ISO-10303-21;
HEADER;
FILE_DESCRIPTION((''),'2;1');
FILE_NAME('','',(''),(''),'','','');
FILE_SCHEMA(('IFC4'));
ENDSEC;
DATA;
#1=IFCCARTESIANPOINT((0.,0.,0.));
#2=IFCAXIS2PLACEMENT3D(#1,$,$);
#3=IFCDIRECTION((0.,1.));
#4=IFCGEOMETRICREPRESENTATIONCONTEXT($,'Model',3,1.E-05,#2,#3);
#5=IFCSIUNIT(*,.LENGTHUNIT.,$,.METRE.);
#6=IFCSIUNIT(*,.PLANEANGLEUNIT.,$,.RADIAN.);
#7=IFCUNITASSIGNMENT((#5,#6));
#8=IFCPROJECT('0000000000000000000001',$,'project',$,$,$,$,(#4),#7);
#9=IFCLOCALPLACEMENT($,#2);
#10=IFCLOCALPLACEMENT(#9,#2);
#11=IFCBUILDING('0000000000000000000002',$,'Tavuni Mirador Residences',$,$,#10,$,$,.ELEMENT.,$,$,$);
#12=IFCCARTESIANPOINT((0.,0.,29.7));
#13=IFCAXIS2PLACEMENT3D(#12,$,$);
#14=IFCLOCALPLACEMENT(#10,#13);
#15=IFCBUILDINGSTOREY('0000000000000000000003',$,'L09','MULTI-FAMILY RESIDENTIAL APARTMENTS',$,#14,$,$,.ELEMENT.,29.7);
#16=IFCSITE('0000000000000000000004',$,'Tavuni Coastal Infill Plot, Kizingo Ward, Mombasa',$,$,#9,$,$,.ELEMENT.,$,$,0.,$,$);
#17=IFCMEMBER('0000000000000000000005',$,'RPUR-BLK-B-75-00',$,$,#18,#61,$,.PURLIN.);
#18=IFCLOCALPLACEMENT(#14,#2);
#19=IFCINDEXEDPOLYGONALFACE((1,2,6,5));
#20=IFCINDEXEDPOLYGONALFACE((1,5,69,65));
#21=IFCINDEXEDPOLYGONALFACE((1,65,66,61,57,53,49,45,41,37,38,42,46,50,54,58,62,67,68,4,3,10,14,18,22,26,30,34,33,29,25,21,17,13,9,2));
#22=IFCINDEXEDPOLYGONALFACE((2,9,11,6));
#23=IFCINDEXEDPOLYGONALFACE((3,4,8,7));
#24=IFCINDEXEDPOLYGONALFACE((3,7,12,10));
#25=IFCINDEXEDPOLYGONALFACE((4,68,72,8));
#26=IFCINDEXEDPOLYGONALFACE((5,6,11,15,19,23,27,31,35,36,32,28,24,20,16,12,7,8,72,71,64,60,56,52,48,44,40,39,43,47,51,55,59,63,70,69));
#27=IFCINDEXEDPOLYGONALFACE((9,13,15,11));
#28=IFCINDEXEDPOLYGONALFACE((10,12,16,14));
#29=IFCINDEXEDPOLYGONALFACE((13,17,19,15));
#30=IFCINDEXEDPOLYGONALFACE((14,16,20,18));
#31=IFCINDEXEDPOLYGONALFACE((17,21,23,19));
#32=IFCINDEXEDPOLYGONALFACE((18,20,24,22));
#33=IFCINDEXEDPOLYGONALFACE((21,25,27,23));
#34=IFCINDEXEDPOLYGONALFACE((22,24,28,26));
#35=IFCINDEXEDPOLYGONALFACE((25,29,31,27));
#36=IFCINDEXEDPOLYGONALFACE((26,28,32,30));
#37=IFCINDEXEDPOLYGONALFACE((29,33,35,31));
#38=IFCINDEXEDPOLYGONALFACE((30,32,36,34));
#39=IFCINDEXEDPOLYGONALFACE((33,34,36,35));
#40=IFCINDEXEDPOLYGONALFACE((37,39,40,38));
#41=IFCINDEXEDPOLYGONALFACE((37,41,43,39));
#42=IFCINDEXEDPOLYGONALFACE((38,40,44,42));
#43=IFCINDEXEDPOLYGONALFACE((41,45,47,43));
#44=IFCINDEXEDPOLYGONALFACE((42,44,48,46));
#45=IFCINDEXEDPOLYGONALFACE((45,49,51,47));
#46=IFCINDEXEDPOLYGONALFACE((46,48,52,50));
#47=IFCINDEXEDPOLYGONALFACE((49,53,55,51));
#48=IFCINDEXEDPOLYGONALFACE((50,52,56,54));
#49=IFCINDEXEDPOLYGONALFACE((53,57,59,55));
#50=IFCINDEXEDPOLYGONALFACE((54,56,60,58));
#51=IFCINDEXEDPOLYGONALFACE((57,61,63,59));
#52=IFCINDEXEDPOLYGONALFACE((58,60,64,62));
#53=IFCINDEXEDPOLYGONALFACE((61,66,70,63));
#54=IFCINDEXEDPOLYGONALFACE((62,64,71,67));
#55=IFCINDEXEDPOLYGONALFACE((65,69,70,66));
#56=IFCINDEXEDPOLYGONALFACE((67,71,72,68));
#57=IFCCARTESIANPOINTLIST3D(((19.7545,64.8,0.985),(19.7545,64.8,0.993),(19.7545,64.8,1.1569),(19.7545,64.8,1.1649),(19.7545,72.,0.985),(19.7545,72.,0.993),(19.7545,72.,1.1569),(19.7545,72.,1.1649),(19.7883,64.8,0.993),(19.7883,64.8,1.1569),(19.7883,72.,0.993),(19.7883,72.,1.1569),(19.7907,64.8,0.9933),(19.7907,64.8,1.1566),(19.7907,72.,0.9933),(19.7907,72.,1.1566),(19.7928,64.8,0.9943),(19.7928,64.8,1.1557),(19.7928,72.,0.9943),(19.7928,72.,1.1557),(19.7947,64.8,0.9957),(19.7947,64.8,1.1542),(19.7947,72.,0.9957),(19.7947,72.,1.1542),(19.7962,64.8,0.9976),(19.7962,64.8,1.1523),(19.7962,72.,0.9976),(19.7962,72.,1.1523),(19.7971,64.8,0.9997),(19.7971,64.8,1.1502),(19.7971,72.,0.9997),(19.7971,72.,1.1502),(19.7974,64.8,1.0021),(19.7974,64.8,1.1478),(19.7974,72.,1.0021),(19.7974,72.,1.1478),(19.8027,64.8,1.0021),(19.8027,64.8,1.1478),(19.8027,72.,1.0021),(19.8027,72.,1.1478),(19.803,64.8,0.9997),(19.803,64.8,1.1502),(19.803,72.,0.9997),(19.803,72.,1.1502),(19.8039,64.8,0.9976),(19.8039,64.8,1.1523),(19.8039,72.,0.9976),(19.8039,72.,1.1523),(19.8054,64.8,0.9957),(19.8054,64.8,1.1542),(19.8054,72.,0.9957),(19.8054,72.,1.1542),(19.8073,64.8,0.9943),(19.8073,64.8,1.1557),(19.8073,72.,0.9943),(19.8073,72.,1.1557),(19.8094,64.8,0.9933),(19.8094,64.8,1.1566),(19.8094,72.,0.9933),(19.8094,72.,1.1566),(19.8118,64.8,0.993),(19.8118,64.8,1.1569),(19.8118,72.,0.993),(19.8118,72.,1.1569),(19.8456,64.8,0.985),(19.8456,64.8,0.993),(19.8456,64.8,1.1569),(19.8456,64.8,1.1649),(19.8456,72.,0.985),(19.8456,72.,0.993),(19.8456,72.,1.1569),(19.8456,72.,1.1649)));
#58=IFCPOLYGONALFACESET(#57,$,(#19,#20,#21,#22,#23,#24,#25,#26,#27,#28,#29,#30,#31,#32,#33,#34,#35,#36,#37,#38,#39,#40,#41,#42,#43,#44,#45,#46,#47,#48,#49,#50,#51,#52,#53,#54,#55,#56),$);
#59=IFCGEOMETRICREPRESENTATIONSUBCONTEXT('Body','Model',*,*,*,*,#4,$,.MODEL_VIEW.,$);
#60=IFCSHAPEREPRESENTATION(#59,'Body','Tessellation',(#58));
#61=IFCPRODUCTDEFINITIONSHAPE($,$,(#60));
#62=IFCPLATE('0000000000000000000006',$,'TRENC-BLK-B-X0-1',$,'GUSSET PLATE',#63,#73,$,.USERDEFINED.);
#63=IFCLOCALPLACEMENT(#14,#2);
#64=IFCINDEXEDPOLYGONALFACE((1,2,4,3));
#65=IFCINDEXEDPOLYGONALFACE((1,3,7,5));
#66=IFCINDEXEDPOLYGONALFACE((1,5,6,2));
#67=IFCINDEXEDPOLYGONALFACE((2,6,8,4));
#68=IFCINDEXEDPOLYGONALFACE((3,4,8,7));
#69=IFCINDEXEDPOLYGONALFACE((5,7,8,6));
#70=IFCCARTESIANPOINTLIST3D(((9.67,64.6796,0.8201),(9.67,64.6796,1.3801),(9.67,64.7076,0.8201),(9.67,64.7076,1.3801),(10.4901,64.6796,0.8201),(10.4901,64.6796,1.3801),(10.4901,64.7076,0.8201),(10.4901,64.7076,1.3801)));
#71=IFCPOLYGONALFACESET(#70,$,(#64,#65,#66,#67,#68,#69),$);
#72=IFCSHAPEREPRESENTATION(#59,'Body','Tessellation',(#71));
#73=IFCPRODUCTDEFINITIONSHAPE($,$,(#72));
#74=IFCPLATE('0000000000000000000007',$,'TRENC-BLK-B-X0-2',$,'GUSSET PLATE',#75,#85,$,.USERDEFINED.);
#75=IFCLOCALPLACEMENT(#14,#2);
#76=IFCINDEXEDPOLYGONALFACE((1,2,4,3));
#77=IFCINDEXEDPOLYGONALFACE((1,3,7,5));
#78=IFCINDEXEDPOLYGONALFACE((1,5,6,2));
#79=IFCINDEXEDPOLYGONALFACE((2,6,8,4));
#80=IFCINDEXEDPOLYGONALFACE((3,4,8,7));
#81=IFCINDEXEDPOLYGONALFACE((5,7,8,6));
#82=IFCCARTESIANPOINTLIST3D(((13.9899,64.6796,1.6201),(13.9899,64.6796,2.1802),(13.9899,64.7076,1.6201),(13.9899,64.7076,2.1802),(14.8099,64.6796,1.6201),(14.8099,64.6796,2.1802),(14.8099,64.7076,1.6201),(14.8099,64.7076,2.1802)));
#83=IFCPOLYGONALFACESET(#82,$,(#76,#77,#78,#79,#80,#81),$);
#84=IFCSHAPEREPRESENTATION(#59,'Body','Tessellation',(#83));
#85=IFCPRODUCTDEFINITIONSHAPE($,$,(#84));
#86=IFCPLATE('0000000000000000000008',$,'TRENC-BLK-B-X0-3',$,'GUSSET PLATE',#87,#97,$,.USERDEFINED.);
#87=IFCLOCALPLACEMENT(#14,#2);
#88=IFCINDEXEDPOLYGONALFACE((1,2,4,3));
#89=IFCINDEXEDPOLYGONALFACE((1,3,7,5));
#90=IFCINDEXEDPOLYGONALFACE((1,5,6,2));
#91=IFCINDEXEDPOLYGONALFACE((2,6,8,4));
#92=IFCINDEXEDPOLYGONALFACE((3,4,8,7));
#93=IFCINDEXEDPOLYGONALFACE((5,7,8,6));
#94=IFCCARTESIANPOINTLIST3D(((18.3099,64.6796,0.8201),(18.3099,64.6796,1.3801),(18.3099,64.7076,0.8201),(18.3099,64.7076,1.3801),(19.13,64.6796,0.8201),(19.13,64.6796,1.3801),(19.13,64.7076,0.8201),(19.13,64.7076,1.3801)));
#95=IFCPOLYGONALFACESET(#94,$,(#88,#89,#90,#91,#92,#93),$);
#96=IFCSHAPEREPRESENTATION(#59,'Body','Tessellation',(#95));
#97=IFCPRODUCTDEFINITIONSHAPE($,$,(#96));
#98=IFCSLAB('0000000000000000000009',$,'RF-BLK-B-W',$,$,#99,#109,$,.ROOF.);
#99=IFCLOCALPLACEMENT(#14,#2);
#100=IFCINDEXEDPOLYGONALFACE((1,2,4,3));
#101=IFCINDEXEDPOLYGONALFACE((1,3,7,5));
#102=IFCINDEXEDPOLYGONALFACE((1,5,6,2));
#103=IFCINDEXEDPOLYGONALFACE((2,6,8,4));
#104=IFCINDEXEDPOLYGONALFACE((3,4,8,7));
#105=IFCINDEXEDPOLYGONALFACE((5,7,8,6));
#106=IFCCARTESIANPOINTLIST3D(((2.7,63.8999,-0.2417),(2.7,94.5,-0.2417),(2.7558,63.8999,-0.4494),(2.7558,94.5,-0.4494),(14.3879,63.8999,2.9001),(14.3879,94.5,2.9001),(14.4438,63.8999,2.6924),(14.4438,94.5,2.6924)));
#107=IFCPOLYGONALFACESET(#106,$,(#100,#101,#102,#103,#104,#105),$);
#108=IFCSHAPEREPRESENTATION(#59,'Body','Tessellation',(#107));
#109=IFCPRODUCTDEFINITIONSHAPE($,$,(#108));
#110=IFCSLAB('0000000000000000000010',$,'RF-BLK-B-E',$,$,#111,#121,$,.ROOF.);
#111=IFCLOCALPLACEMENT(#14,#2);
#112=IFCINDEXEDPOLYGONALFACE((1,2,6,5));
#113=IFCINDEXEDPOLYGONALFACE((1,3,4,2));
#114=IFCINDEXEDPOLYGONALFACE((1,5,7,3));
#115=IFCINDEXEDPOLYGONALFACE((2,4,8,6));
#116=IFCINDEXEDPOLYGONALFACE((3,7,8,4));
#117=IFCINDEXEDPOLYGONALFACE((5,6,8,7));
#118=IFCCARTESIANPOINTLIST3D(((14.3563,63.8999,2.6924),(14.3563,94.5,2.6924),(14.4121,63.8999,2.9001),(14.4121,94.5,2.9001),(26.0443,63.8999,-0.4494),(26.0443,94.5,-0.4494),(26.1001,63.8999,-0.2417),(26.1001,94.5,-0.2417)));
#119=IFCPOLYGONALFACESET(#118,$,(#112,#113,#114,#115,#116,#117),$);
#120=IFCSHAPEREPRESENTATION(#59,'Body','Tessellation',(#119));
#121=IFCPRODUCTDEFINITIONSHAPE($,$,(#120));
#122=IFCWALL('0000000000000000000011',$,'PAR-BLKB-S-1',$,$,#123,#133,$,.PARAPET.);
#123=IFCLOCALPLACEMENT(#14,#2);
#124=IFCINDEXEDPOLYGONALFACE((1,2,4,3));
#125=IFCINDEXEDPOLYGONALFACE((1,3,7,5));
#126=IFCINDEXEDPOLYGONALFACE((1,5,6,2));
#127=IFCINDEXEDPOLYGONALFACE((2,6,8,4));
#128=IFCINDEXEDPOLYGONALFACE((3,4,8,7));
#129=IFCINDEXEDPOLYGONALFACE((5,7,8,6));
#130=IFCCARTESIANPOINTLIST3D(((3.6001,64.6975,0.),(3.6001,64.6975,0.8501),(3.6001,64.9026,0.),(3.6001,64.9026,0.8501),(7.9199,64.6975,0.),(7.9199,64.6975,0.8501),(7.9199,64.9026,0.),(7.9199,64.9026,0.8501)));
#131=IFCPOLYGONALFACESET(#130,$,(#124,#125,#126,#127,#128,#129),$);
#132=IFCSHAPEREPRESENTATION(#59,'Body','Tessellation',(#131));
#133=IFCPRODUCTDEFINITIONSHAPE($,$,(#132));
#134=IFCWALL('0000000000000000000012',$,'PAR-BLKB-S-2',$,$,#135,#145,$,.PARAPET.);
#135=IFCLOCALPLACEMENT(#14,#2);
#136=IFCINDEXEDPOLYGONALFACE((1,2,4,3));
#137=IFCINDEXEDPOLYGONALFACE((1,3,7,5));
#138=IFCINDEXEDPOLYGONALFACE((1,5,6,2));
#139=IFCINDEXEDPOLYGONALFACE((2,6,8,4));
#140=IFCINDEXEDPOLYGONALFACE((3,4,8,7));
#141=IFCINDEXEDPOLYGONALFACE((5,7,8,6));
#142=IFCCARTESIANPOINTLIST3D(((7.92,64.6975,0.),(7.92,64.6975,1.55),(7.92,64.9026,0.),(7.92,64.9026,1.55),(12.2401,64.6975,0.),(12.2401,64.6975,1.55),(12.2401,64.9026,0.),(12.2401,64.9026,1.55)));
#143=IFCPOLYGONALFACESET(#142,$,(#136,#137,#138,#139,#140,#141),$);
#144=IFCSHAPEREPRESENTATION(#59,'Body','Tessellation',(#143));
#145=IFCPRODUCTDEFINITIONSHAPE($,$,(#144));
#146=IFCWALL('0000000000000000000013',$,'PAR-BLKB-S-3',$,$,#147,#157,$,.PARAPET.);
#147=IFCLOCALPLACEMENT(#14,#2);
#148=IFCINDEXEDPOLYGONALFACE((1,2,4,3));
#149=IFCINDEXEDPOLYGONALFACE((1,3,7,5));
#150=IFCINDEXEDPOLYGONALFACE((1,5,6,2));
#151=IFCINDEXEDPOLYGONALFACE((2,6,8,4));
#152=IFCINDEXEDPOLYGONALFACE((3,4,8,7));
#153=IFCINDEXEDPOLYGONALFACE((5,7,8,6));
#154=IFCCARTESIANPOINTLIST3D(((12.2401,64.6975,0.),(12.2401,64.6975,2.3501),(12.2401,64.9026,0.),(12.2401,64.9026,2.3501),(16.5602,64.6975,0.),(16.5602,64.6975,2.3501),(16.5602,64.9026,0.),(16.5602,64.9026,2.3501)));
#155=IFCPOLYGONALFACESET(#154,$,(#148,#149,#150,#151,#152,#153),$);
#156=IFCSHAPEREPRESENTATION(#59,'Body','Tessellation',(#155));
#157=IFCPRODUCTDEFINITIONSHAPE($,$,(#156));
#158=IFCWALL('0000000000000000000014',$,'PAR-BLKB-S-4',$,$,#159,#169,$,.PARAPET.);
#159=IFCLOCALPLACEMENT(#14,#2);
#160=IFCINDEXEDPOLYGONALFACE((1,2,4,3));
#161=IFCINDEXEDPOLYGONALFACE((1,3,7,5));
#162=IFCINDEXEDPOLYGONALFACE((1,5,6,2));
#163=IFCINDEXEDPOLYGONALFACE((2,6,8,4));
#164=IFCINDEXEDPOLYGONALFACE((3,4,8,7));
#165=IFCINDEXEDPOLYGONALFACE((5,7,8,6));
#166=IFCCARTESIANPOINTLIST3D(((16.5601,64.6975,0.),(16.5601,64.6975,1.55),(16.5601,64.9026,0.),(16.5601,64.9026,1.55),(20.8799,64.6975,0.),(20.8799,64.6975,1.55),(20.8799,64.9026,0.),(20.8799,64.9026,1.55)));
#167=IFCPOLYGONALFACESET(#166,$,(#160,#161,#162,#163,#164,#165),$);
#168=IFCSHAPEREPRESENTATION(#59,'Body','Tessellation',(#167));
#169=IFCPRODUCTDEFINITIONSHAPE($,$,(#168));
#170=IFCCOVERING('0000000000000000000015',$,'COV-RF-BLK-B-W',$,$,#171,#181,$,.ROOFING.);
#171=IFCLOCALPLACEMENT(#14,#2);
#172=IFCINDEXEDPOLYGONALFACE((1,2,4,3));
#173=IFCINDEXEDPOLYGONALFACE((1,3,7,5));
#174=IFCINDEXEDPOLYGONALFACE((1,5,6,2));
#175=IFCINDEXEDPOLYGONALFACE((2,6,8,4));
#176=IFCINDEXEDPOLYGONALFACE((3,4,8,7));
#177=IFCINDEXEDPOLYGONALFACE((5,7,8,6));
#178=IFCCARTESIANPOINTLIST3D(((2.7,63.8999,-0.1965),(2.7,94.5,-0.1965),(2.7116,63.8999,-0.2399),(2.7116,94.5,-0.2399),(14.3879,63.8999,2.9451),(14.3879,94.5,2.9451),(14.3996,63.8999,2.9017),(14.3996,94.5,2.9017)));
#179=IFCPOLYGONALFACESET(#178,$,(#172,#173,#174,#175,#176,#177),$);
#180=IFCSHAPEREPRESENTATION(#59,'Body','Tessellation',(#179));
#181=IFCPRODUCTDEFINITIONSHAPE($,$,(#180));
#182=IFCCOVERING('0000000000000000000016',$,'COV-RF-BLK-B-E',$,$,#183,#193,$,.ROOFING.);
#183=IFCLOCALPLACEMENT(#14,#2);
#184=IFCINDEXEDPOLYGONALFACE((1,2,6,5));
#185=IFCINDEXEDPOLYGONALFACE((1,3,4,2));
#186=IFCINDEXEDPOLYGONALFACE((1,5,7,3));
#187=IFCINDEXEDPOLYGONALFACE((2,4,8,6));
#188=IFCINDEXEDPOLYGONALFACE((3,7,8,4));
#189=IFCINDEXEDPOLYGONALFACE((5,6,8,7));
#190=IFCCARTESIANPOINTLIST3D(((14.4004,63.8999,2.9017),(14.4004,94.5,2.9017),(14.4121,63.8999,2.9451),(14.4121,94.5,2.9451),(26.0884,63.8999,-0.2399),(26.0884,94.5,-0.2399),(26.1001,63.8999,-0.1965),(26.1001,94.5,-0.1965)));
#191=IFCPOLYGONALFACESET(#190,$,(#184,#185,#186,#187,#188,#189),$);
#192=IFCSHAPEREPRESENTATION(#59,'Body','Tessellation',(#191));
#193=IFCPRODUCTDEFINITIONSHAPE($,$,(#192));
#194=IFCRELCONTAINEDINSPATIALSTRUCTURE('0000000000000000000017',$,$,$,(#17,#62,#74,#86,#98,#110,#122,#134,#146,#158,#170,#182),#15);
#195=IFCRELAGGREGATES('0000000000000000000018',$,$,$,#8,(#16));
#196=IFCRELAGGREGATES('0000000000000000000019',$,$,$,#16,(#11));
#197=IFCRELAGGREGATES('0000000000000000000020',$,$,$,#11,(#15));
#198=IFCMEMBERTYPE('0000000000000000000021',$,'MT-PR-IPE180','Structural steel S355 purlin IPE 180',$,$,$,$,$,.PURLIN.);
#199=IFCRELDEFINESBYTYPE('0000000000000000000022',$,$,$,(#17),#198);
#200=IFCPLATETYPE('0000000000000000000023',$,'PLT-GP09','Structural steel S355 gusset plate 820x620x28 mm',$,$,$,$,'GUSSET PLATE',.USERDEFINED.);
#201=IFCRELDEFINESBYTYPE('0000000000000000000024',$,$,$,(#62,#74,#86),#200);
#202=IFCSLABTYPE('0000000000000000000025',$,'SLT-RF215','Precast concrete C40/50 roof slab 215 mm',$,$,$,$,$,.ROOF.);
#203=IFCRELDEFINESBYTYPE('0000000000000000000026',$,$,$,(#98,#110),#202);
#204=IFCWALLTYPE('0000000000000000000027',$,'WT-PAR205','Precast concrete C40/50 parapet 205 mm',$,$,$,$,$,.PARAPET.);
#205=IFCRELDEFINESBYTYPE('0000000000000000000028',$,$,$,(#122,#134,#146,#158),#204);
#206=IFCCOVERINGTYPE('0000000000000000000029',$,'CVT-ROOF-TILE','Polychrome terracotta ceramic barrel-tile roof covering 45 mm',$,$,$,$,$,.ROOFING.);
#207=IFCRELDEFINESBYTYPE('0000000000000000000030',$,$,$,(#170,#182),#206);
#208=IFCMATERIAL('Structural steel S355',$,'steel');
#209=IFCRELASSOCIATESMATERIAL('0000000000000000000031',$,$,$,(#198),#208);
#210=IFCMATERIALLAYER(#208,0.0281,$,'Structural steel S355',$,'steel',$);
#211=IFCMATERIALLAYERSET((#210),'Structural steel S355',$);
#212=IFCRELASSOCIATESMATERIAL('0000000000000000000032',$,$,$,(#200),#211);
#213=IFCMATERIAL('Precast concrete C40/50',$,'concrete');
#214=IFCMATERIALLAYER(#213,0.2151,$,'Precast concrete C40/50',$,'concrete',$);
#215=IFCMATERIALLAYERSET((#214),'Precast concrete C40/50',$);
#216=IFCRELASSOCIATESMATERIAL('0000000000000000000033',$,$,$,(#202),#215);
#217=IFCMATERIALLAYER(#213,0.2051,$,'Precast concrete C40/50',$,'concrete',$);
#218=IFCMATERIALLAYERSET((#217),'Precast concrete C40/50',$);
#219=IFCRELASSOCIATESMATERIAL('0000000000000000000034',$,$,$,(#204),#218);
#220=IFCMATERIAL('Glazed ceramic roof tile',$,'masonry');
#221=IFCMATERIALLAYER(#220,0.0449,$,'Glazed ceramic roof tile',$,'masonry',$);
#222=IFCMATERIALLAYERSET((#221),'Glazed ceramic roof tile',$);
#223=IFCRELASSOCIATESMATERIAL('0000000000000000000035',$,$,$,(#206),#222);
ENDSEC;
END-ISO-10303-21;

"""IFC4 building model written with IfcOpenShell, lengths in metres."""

from ifc_helpers import new_model, si_unit, direction, frame, frame_2d, origin, origin_2d, place, context, subcontext, project, spatial, polyline, rectangle, i_section, outline, extrude, material, layer, layer_set, material_profile, profile_set, type_object, element, save


model = new_model("IFC4")

# Units and contexts
model_context = context("Model", 3, precision=1e-05, world=origin(), true_north=direction((0.0, 1.0)))
body_context = subcontext(model_context, "Body", "Model", "MODEL_VIEW")
ifc_project = project(units=[si_unit("LENGTHUNIT", "METRE"), si_unit("PLANEANGLEUNIT", "RADIAN")], contexts=[model_context])

# Site, building, storey
site_placement = place(None, origin())
site = spatial("IfcSite", under=ifc_project, at=site_placement, Name="Tavuni Coastal Infill Plot, Kizingo Ward, Mombasa", CompositionType="ELEMENT", RefElevation=0.0)
building_placement = place(site_placement, origin())
building = spatial("IfcBuilding", under=site, at=building_placement, Name="Tavuni Mirador Residences", CompositionType="ELEMENT")
storey_placement = place(building_placement, frame((0.0, 0.0, 29.7)))
storey = spatial("IfcBuildingStorey", under=building, at=storey_placement, Name="L09", Description="MULTI-FAMILY RESIDENTIAL APARTMENTS", CompositionType="ELEMENT", Elevation=29.7)

# Shared definitions
ifc_material_1 = material(Name="Precast concrete C40/50", Category="concrete")

# Member
ifc_material_2 = material(Name="Structural steel S355", Category="steel")
ifc_material_profile_1 = material_profile(ifc_material_2, i_section(OverallWidth=0.0911, OverallDepth=0.1799, WebThickness=0.0054, FlangeThickness=0.0081, FilletRadius=0.009, at=origin_2d()), Name="IPE 180", Category="steel")
ifc_profile_set_1 = profile_set([ifc_material_profile_1], Name="Structural steel S355")
member_type_1 = type_object("IfcMemberType", Name="MT-PR-IPE180", Description="Structural steel S355 purlin IPE 180", PredefinedType="PURLIN", material=ifc_profile_set_1)
for number, where, z_axis, x_axis, name in (
    (1, (19.8, 64.8, 1.075), (0.0, 1.0, 0.0), (-1.0, 0.0, 0.0), "RPUR-BLK-B-75-00"),
):
    element("IfcMember", number, at=place(storey_placement, frame(where, z_axis=z_axis, x_axis=x_axis)), inside=storey, type_object=member_type_1, Name=name, PredefinedType="PURLIN", context=body_context, shape_type="SweptSolid", body=[
        extrude(i_section(OverallWidth=0.0911, OverallDepth=0.1799, WebThickness=0.0054, FlangeThickness=0.0081, FilletRadius=0.009, at=origin_2d()), origin(), (0.0, 0.0, 1.0), 7.2),
    ])

# Plates
ifc_layer_1 = layer(ifc_material_2, 0.0281, Name="Structural steel S355", Category="steel")
ifc_layer_set_1 = layer_set([ifc_layer_1], Name="Structural steel S355")
plate_type = type_object("IfcPlateType", Name="PLT-GP09", Description="Structural steel S355 gusset plate 820x620x28 mm", ElementType="GUSSET PLATE", PredefinedType="USERDEFINED", material=ifc_layer_set_1)
for number, where, z_axis, x_axis, name in (
    (2, (10.0801, 64.6936, 0.8201), (0.0, 0.0, 1.0), (1.0, 0.0, 0.0), "TRENC-BLK-B-X0-1"),
    (3, (14.3999, 64.6936, 1.6201), (0.0, 0.0, 1.0), (1.0, 0.0, 0.0), "TRENC-BLK-B-X0-2"),
    (4, (18.72, 64.6936, 0.8201), (0.0, 0.0, 1.0), (1.0, 0.0, 0.0), "TRENC-BLK-B-X0-3"),
):
    element("IfcPlate", number, at=place(storey_placement, frame(where, z_axis=z_axis, x_axis=x_axis)), inside=storey, type_object=plate_type, Name=name, ObjectType="GUSSET PLATE", PredefinedType="USERDEFINED", context=body_context, shape_type="SweptSolid", body=[
        extrude(rectangle(XDim=0.8201, YDim=0.0281, at=origin_2d()), origin(), (0.0, 0.0, 1.0), 0.5601),
    ])

# Slabs
ifc_layer_2 = layer(ifc_material_1, 0.2151, Name="Precast concrete C40/50", Category="concrete")
ifc_layer_set_2 = layer_set([ifc_layer_2], Name="Precast concrete C40/50")
slab_type = type_object("IfcSlabType", Name="SLT-RF215", Description="Precast concrete C40/50 roof slab 215 mm", PredefinedType="ROOF", material=ifc_layer_set_2)
for number, where, z_axis, x_axis, name in (
    (5, (2.7, 63.8999, -0.2417), (-0.259594, 0.0, 0.965718), (0.965718, 0.0, 0.259594), "RF-BLK-B-W"),
    (6, (14.4121, 63.8999, 2.9001), (0.259594, 0.0, 0.965718), (0.965718, 0.0, -0.259594), "RF-BLK-B-E"),
):
    element("IfcSlab", number, at=place(storey_placement, frame(where, z_axis=z_axis, x_axis=x_axis)), inside=storey, type_object=slab_type, Name=name, PredefinedType="ROOF", context=body_context, shape_type="SweptSolid", body=[
        extrude(outline(polyline([(0.0, 0.0), (12.1029, 0.0), (12.1029, 30.6001), (0.0, 30.6001), (0.0, 0.0)])), origin(), (0.0, 0.0, -1.0), 0.2151),
    ])

# Walls
ifc_layer_3 = layer(ifc_material_1, 0.2051, Name="Precast concrete C40/50", Category="concrete")
ifc_layer_set_3 = layer_set([ifc_layer_3], Name="Precast concrete C40/50")
wall_type = type_object("IfcWallType", Name="WT-PAR205", Description="Precast concrete C40/50 parapet 205 mm", PredefinedType="PARAPET", material=ifc_layer_set_3)
wall_1_placement = place(storey_placement, frame((3.6001, 64.8, 0.0), z_axis=(0.0, 0.0, 1.0), x_axis=(1.0, 0.0, 0.0)))
element("IfcWall", 7, at=wall_1_placement, inside=storey, type_object=wall_type, Name="PAR-BLKB-S-1", PredefinedType="PARAPET", context=body_context, shape_type="SweptSolid", body=[
    extrude(rectangle(XDim=4.3198, YDim=0.2051, at=frame_2d((2.1599, 0.0))), origin(), (0.0, 0.0, 1.0), 0.8501),
])
wall_2_placement = place(storey_placement, frame((7.9199, 64.8, 0.0), z_axis=(0.0, 0.0, 1.0), x_axis=(1.0, 0.0, 0.0)))
element("IfcWall", 8, at=wall_2_placement, inside=storey, type_object=wall_type, Name="PAR-BLKB-S-2", PredefinedType="PARAPET", context=body_context, shape_type="SweptSolid", body=[
    extrude(rectangle(XDim=4.3201, YDim=0.2051, at=frame_2d((2.1602, 0.0))), origin(), (0.0, 0.0, 1.0), 1.55),
])
wall_3_placement = place(storey_placement, frame((12.24, 64.8, 0.0), z_axis=(0.0, 0.0, 1.0), x_axis=(1.0, 0.0, 0.0)))
element("IfcWall", 9, at=wall_3_placement, inside=storey, type_object=wall_type, Name="PAR-BLKB-S-3", PredefinedType="PARAPET", context=body_context, shape_type="SweptSolid", body=[
    extrude(rectangle(XDim=4.3201, YDim=0.2051, at=frame_2d((2.1602, 0.0))), origin(), (0.0, 0.0, 1.0), 2.3501),
])
wall_4_placement = place(storey_placement, frame((16.5601, 64.8, 0.0), z_axis=(0.0, 0.0, 1.0), x_axis=(1.0, 0.0, 0.0)))
element("IfcWall", 10, at=wall_4_placement, inside=storey, type_object=wall_type, Name="PAR-BLKB-S-4", PredefinedType="PARAPET", context=body_context, shape_type="SweptSolid", body=[
    extrude(rectangle(XDim=4.3198, YDim=0.2051, at=frame_2d((2.1599, 0.0))), origin(), (0.0, 0.0, 1.0), 1.55),
])

# Coverings
ifc_material_3 = material(Name="Glazed ceramic roof tile", Category="masonry")
ifc_layer_4 = layer(ifc_material_3, 0.0449, Name="Glazed ceramic roof tile", Category="masonry")
ifc_layer_set_4 = layer_set([ifc_layer_4], Name="Glazed ceramic roof tile")
covering_type = type_object("IfcCoveringType", Name="CVT-ROOF-TILE", Description="Polychrome terracotta ceramic barrel-tile roof covering 45 mm", PredefinedType="ROOFING", material=ifc_layer_set_4)
for number, where, z_axis, x_axis, name in (
    (11, (2.7, 63.8999, -0.1965), (-0.259576, 0.0, 0.965723), (0.965723, 0.0, 0.259576), "COV-RF-BLK-B-W"),
    (12, (14.4121, 63.8999, 2.9451), (0.259576, 0.0, 0.965723), (0.965723, 0.0, -0.259576), "COV-RF-BLK-B-E"),
):
    element("IfcCovering", number, at=place(storey_placement, frame(where, z_axis=z_axis, x_axis=x_axis)), inside=storey, type_object=covering_type, Name=name, PredefinedType="ROOFING", context=body_context, shape_type="SweptSolid", body=[
        extrude(outline(polyline([(0.0, 0.0), (12.1028, 0.0), (12.1028, 30.6001), (0.0, 30.6001), (0.0, 0.0)])), origin(), (0.0, 0.0, -1.0), 0.0449),
    ])

save(model, "model.ifc")
